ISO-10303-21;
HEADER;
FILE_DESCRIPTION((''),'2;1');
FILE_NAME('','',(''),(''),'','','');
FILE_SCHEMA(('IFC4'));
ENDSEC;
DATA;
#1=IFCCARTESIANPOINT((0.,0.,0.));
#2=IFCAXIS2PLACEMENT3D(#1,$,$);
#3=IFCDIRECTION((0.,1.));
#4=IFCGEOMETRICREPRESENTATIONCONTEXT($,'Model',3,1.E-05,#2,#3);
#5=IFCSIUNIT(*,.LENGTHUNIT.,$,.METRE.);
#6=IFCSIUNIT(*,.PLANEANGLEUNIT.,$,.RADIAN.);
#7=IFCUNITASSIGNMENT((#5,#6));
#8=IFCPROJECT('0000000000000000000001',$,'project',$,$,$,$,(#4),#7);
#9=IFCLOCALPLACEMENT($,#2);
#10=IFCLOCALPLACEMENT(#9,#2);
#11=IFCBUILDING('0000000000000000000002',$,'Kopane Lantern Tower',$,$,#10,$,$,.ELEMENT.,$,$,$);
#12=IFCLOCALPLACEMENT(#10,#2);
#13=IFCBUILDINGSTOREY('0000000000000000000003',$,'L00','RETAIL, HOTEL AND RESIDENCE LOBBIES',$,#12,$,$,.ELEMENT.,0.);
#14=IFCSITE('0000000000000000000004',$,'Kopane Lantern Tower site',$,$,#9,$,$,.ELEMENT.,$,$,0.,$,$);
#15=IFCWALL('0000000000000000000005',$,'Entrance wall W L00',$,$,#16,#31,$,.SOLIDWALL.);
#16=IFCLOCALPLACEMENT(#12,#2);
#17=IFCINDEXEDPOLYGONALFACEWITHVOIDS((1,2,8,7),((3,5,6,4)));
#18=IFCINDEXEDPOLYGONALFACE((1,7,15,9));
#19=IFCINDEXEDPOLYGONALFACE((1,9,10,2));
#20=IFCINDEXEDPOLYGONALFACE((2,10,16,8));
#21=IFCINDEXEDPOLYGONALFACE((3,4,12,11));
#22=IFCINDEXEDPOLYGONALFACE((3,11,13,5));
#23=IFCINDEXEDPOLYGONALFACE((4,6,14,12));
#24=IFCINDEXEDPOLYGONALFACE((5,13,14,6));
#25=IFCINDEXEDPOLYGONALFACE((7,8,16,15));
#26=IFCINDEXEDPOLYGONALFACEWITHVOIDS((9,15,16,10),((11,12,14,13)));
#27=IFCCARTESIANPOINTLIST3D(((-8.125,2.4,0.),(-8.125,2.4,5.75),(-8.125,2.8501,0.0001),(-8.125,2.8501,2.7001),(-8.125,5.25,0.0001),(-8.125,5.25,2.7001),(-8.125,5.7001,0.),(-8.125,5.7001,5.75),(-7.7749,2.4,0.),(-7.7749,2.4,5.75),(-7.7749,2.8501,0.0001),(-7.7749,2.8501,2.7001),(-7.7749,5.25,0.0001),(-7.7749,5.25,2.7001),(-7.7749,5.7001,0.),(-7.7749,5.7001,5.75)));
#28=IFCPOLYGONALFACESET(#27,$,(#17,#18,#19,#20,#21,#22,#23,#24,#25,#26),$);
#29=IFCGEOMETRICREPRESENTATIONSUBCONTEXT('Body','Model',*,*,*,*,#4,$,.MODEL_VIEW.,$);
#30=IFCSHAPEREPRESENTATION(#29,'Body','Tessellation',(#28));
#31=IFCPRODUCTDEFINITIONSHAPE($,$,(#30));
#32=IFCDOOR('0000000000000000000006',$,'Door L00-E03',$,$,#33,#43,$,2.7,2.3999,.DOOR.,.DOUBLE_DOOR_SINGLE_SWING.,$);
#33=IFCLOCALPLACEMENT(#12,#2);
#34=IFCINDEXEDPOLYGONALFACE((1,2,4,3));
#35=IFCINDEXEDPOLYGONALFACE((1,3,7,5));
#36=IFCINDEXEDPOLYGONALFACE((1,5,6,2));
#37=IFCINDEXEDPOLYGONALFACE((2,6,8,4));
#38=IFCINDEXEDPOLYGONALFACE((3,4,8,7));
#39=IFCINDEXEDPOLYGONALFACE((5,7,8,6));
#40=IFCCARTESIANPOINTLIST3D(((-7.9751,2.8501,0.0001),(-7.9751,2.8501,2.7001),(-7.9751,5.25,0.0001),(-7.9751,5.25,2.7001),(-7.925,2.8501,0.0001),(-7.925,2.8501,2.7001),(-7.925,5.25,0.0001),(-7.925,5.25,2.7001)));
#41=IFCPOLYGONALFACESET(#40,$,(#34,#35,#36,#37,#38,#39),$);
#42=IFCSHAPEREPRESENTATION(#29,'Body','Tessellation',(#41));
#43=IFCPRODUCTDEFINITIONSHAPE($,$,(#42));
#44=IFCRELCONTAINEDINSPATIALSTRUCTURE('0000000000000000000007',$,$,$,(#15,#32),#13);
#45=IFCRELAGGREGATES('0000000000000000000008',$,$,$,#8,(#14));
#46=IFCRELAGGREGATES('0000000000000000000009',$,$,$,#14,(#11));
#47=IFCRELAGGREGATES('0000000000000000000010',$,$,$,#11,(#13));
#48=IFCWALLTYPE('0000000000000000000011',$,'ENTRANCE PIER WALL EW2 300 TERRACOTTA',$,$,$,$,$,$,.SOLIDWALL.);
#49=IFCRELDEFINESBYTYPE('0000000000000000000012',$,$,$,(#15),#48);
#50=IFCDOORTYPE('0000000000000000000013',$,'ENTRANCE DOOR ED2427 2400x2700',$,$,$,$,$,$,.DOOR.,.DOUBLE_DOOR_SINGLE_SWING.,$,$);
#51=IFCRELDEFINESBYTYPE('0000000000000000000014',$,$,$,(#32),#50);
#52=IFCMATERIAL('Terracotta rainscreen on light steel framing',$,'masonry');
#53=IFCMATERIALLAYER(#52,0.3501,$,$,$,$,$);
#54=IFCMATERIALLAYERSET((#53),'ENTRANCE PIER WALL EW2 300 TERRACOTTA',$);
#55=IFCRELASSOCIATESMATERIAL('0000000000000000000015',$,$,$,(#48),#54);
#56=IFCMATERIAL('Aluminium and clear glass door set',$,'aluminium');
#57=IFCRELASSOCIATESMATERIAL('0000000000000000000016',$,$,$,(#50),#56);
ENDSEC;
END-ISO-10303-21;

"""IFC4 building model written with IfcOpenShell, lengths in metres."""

from ifc_helpers import new_model, si_unit, direction, frame, frame_2d, origin, place, context, subcontext, project, spatial, rectangle, extrude, material, layer, layer_set, type_object, element, fill, save


model = new_model("IFC4")

# Units and contexts
model_context = context("Model", 3, precision=1e-05, world=origin(), true_north=direction((0.0, 1.0)))
body_context = subcontext(model_context, "Body", "Model", "MODEL_VIEW")
ifc_project = project(units=[si_unit("LENGTHUNIT", "METRE"), si_unit("PLANEANGLEUNIT", "RADIAN")], contexts=[model_context])

# Site, building, storey
site_placement = place(None, origin())
site = spatial("IfcSite", under=ifc_project, at=site_placement, Name="Kopane Lantern Tower site", CompositionType="ELEMENT", RefElevation=0.0)
building_placement = place(site_placement, origin())
building = spatial("IfcBuilding", under=site, at=building_placement, Name="Kopane Lantern Tower", CompositionType="ELEMENT")
storey_placement = place(building_placement, origin())
storey = spatial("IfcBuildingStorey", under=building, at=storey_placement, Name="L00", Description="RETAIL, HOTEL AND RESIDENCE LOBBIES", CompositionType="ELEMENT", Elevation=0.0)

# Wall, opening, door
ifc_material_1 = material(Name="Terracotta rainscreen on light steel framing", Category="masonry")
ifc_layer_1 = layer(ifc_material_1, 0.3501)
ifc_layer_set_1 = layer_set([ifc_layer_1], Name="ENTRANCE PIER WALL EW2 300 TERRACOTTA")
wall_type = type_object("IfcWallType", Name="ENTRANCE PIER WALL EW2 300 TERRACOTTA", PredefinedType="SOLIDWALL", material=ifc_layer_set_1)
wall_placement = place(storey_placement, frame((-7.95, 5.7, 0.0), z_axis=(0.0, 0.0, 1.0), x_axis=(0.0, -1.0, 0.0)))
wall = element("IfcWall", 1, at=wall_placement, inside=storey, type_object=wall_type, Name="Entrance wall W L00", PredefinedType="SOLIDWALL", context=body_context, shape_type="SweptSolid", body=[
    extrude(rectangle(XDim=3.3, YDim=0.3501, at=frame_2d((1.6499, 0.0))), origin(), (0.0, 0.0, 1.0), 5.75),
])
opening_placement = place(wall_placement, frame((0.45, 0.0, 0.0)))
opening = element("IfcOpeningElement", 2, at=opening_placement, cuts=wall, PredefinedType="OPENING", context=body_context, shape_type="SweptSolid", body=[
    extrude(rectangle(XDim=2.3999, YDim=2.7, at=frame_2d((1.2, 1.3501))), frame((0.0, 0.1851, 0.0), z_axis=(0.0, -1.0, 0.0), x_axis=(1.0, 0.0, 0.0)), (0.0, 0.0, 1.0), 0.3701),
])
ifc_material_2 = material(Name="Aluminium and clear glass door set", Category="aluminium")
door_type = type_object("IfcDoorType", Name="ENTRANCE DOOR ED2427 2400x2700", OperationType="DOUBLE_DOOR_SINGLE_SWING", PredefinedType="DOOR", material=ifc_material_2)
door_placement = place(opening_placement, origin())
door = element("IfcDoor", 3, at=door_placement, inside=storey, type_object=door_type, Name="Door L00-E03", OperationType="DOUBLE_DOOR_SINGLE_SWING", OverallHeight=2.7, OverallWidth=2.3999, PredefinedType="DOOR", context=body_context, shape_type="SweptSolid", body=[
    extrude(rectangle(XDim=2.3999, YDim=2.7, at=frame_2d((1.2, 1.3501))), frame((0.0, 0.0249, 0.0), z_axis=(0.0, -1.0, 0.0), x_axis=(1.0, 0.0, 0.0)), (0.0, 0.0, 1.0), 0.05),
])
fill(opening, door)

save(model, "model.ifc")
